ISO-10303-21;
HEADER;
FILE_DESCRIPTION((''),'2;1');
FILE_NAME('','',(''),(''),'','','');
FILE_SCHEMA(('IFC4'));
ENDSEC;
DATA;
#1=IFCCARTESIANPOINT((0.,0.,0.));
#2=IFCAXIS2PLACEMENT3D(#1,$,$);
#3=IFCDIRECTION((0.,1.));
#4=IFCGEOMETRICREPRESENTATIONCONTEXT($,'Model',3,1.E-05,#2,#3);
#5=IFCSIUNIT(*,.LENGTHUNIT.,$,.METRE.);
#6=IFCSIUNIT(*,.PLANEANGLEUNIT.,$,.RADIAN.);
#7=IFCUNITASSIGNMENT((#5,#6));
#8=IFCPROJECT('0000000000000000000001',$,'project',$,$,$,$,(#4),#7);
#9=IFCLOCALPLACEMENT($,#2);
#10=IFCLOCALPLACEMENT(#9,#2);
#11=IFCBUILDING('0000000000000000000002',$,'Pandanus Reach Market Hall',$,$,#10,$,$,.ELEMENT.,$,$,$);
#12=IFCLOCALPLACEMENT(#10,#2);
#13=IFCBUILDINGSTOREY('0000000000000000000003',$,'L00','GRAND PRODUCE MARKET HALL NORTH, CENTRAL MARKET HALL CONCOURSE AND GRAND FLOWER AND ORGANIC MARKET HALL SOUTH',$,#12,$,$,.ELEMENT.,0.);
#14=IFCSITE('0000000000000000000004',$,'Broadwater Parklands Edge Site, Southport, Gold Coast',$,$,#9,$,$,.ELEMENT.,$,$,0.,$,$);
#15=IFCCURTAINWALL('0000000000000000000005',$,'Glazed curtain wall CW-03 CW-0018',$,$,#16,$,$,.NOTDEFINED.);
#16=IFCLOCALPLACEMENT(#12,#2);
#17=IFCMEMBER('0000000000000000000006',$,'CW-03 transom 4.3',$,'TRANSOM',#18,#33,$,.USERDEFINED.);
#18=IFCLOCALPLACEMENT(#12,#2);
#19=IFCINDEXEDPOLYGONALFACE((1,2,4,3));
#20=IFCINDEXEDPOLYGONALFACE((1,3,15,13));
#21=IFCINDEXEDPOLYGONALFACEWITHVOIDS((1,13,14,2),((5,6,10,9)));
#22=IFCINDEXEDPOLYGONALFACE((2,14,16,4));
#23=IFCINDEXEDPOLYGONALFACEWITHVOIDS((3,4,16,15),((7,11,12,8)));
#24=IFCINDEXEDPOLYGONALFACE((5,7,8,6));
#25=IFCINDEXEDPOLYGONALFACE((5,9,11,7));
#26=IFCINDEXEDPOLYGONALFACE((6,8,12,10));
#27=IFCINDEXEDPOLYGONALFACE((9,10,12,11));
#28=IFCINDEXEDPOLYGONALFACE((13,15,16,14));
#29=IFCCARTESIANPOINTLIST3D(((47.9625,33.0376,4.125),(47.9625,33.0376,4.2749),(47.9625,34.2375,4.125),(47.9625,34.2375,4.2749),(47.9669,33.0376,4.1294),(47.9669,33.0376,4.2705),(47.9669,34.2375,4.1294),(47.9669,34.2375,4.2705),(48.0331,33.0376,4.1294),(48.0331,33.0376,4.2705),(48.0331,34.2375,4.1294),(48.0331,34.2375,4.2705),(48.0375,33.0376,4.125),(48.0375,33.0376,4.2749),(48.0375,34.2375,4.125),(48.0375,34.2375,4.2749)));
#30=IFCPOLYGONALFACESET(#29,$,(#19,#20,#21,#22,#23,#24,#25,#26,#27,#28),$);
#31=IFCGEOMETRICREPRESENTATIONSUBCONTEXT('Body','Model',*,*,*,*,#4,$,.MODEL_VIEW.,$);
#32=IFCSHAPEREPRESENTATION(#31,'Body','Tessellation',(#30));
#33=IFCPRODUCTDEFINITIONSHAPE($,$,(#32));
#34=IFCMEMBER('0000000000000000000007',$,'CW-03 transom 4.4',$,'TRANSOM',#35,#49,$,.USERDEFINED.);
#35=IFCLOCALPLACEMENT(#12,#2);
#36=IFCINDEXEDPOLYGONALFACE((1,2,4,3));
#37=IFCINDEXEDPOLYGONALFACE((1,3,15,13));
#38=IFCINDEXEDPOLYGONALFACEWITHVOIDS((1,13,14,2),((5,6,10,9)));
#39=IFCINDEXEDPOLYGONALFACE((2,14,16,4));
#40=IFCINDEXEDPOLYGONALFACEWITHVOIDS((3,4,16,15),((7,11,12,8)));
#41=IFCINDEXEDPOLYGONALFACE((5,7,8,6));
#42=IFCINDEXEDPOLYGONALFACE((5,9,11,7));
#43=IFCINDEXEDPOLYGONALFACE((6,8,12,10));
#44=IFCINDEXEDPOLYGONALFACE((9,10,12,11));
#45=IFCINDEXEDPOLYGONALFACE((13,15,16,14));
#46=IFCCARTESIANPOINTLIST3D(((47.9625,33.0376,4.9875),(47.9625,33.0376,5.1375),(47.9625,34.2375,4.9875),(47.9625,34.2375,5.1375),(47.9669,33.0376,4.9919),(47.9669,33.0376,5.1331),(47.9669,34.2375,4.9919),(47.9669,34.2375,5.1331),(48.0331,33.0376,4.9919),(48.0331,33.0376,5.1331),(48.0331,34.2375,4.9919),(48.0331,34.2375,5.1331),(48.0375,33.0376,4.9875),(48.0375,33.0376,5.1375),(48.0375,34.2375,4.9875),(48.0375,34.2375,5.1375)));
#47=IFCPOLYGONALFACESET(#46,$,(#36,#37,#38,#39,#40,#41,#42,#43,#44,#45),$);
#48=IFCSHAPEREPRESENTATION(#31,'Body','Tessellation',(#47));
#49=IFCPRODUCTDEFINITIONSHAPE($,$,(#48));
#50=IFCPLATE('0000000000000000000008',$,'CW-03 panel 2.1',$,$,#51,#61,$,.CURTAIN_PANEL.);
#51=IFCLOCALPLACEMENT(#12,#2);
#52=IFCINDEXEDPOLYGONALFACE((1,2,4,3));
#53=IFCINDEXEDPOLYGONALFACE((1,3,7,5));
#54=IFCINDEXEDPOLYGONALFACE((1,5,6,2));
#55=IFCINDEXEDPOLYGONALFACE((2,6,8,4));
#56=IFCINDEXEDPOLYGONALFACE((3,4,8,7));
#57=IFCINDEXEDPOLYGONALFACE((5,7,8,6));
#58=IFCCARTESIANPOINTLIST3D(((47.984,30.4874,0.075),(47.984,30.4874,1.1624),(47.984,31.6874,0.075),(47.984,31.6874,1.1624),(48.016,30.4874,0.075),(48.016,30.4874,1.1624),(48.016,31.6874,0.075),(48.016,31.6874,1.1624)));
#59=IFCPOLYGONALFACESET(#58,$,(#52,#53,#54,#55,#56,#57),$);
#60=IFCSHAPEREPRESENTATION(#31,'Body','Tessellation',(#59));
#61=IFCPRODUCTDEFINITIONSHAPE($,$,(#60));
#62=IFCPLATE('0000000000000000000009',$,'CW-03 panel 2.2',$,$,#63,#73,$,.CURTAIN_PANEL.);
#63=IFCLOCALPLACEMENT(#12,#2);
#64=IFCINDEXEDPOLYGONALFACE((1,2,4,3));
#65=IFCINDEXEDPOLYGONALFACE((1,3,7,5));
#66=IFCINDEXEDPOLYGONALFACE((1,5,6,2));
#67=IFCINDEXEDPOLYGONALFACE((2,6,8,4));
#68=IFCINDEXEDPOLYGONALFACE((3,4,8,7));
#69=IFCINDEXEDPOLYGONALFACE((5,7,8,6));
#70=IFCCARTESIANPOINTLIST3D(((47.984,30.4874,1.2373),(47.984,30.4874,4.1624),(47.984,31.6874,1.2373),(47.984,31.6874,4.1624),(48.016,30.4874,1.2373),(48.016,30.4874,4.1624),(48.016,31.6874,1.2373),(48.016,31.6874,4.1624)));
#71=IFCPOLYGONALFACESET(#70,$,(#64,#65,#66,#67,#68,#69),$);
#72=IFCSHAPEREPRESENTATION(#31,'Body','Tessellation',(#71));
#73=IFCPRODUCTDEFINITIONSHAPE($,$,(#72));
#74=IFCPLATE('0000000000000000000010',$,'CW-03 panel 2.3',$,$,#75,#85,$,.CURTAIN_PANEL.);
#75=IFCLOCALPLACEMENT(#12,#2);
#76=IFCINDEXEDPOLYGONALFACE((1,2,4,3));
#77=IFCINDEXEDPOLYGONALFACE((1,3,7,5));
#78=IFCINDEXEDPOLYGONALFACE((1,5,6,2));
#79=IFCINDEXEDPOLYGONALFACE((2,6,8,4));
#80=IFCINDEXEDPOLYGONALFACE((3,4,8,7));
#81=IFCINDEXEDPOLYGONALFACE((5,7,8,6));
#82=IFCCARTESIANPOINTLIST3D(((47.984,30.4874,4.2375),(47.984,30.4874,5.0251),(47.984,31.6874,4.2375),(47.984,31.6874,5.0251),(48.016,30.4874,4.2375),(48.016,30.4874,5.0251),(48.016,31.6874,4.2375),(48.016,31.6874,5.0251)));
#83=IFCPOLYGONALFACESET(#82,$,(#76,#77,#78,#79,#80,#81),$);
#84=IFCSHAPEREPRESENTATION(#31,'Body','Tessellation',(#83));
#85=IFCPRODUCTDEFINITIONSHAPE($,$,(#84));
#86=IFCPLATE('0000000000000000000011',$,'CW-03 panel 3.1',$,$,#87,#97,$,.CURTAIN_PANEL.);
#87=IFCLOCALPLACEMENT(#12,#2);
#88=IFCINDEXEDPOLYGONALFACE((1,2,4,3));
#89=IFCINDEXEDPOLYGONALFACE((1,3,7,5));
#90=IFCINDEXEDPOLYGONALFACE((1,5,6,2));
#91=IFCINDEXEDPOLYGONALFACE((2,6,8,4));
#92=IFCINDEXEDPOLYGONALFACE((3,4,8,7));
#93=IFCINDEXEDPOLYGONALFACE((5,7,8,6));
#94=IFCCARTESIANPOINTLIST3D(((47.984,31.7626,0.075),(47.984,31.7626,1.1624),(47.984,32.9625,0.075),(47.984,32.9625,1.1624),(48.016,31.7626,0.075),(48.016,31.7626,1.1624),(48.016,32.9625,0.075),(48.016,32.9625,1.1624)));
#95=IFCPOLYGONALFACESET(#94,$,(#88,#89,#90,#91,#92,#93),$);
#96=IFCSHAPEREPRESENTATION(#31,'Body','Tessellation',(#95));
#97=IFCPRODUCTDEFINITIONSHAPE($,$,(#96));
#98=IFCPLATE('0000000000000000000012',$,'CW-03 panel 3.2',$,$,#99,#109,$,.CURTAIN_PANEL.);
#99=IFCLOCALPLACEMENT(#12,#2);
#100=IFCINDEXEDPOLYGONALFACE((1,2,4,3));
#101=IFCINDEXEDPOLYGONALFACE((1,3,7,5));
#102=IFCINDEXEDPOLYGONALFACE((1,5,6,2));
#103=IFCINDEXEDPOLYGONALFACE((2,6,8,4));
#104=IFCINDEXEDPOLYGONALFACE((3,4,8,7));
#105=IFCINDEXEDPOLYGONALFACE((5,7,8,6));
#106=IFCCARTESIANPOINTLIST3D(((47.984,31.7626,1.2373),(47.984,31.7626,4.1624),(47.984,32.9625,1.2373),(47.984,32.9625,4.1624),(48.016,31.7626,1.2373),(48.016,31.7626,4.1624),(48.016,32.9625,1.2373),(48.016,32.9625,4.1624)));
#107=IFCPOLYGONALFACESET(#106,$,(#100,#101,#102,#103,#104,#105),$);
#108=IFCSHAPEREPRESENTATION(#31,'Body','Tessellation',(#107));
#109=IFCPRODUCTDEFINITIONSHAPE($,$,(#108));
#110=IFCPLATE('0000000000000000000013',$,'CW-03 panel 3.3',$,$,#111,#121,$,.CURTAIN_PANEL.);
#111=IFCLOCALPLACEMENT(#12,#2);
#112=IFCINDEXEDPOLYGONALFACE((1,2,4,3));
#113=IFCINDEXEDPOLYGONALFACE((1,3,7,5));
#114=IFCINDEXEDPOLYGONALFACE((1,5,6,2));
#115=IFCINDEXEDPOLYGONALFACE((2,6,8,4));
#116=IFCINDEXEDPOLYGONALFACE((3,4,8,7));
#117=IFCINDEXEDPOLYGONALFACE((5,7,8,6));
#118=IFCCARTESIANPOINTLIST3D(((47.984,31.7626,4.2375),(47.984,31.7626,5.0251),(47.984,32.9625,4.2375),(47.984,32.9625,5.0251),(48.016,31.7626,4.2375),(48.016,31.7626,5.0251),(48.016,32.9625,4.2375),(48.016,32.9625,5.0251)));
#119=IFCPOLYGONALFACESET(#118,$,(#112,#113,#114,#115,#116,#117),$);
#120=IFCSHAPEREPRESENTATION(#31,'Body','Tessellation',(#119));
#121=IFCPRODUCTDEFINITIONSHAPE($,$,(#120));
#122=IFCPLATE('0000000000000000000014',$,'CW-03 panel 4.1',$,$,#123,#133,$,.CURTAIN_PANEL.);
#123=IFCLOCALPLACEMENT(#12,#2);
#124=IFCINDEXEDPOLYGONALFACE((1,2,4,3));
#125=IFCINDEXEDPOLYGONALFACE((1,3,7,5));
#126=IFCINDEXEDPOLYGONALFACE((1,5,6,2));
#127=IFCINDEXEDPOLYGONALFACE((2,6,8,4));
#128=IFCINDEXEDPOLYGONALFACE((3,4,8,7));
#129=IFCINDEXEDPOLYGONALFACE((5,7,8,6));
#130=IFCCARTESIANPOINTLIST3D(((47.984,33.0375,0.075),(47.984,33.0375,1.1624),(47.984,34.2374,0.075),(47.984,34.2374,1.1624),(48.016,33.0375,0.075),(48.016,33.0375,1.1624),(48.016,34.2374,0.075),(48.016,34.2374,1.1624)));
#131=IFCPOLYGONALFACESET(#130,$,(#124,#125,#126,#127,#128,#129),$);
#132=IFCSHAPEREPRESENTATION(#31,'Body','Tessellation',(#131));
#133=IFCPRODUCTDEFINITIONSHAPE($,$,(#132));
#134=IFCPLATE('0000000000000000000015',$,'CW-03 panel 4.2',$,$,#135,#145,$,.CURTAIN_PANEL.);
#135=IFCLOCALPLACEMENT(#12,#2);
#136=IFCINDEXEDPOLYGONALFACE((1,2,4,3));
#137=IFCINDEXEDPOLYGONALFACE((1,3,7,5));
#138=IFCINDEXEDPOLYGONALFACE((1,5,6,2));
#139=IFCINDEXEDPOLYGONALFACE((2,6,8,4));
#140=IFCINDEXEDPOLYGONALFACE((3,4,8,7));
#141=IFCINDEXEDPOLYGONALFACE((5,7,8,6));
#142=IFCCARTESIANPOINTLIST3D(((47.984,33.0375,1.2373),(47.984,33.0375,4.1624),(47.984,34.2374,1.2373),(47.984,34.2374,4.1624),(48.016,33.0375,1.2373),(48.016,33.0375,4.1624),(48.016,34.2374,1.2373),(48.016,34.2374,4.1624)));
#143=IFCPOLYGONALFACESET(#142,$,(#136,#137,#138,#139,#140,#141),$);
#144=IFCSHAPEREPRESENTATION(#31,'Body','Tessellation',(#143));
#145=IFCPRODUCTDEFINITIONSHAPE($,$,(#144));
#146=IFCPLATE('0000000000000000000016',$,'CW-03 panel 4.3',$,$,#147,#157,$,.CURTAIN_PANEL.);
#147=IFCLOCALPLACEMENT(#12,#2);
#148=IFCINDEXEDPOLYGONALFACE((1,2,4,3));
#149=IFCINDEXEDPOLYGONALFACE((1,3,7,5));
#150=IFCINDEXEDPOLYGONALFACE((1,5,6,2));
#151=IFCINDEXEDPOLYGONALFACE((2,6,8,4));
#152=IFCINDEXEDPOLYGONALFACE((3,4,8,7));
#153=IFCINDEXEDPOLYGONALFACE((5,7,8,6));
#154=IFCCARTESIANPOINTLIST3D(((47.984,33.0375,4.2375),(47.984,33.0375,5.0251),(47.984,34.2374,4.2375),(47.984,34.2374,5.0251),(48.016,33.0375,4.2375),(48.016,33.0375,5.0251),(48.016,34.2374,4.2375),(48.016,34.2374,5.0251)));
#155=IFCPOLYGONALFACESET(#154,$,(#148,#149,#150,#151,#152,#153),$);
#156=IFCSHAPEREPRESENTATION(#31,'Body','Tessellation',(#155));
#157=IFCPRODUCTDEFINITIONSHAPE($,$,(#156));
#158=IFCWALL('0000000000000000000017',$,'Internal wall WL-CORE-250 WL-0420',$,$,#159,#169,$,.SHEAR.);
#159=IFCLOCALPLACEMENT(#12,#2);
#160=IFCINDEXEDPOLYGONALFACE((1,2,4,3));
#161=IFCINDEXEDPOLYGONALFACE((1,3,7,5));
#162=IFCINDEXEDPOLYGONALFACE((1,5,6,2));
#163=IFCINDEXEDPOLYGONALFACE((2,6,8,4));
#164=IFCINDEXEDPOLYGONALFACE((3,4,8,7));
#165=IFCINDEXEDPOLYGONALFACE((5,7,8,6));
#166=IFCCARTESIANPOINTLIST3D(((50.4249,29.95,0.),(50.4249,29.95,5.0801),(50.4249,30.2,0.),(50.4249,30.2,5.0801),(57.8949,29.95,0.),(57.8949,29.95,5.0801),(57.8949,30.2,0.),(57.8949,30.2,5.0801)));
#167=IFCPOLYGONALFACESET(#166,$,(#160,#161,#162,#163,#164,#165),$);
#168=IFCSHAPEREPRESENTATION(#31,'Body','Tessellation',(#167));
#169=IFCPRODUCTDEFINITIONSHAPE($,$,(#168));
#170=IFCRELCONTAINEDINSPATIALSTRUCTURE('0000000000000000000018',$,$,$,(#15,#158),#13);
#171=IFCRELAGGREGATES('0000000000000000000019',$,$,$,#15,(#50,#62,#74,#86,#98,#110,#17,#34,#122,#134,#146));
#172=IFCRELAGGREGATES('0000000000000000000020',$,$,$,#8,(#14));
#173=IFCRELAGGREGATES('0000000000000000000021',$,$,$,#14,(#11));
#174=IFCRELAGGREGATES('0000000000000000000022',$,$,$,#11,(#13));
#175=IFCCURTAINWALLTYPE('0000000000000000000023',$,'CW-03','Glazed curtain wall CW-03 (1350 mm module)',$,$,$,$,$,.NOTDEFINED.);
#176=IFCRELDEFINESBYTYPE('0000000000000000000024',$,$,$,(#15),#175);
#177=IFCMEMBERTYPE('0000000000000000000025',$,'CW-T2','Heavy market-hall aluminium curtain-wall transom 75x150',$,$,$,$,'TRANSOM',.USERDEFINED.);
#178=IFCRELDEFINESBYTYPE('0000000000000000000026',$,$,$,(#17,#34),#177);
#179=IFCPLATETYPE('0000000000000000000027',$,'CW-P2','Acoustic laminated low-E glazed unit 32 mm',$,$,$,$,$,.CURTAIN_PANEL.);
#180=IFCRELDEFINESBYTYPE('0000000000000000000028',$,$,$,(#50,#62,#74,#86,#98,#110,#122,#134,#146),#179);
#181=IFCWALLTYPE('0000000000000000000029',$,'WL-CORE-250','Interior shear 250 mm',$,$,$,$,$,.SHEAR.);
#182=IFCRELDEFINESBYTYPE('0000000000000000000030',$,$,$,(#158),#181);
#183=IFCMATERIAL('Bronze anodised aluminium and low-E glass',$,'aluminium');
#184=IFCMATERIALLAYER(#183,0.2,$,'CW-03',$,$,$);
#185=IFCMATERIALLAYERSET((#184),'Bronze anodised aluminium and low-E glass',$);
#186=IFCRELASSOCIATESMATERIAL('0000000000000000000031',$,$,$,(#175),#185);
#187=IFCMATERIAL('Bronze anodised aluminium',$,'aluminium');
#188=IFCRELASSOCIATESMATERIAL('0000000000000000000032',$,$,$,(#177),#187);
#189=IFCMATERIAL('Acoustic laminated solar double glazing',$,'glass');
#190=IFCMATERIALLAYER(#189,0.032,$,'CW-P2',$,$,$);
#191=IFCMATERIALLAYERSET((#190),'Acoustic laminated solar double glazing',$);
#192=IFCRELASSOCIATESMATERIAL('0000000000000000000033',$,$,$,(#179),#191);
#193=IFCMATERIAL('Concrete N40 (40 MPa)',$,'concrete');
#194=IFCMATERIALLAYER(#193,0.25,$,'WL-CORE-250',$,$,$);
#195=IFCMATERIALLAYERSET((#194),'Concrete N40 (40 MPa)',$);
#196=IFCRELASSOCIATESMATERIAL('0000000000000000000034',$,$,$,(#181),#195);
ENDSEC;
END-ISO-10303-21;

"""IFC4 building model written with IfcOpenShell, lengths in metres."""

from ifc_helpers import new_model, si_unit, direction, frame, frame_2d, origin, origin_2d, place, context, subcontext, project, spatial, rectangle, hollow_rectangle, extrude, material, layer, layer_set, material_profile, profile_set, type_object, element, aggregate, save


model = new_model("IFC4")

# Units and contexts
model_context = context("Model", 3, precision=1e-05, world=origin(), true_north=direction((0.0, 1.0)))
body_context = subcontext(model_context, "Body", "Model", "MODEL_VIEW")
ifc_project = project(units=[si_unit("LENGTHUNIT", "METRE"), si_unit("PLANEANGLEUNIT", "RADIAN")], contexts=[model_context])

# Site, building, storey
site_placement = place(None, origin())
site = spatial("IfcSite", under=ifc_project, at=site_placement, Name="Broadwater Parklands Edge Site, Southport, Gold Coast", CompositionType="ELEMENT", RefElevation=0.0)
building_placement = place(site_placement, origin())
building = spatial("IfcBuilding", under=site, at=building_placement, Name="Pandanus Reach Market Hall", CompositionType="ELEMENT")
storey_placement = place(building_placement, origin())
storey = spatial("IfcBuildingStorey", under=building, at=storey_placement, Name="L00", Description="GRAND PRODUCE MARKET HALL NORTH, CENTRAL MARKET HALL CONCOURSE AND GRAND FLOWER AND ORGANIC MARKET HALL SOUTH", CompositionType="ELEMENT", Elevation=0.0)

# Shared definitions
ifc_material_1 = material(Name="Concrete N40 (40 MPa)", Category="concrete")

# Curtain wall, members, plates
ifc_material_2 = material(Name="Bronze anodised aluminium and low-E glass", Category="aluminium")
ifc_layer_1 = layer(ifc_material_2, 0.2, Name="CW-03")
ifc_layer_set_1 = layer_set([ifc_layer_1], Name="Bronze anodised aluminium and low-E glass")
curtain_wall_type = type_object("IfcCurtainWallType", Name="CW-03", Description="Glazed curtain wall CW-03 (1350 mm module)", PredefinedType="NOTDEFINED", material=ifc_layer_set_1)
curtain_wall_placement = place(storey_placement, origin())
curtain_wall = element("IfcCurtainWall", 1, at=curtain_wall_placement, inside=storey, type_object=curtain_wall_type, Name="Glazed curtain wall CW-03 CW-0018", PredefinedType="NOTDEFINED")
ifc_material_3 = material(Name="Bronze anodised aluminium", Category="aluminium")
ifc_material_profile_1 = material_profile(ifc_material_3, hollow_rectangle(XDim=0.075, YDim=0.1499, WallThickness=0.0044, at=origin_2d()), Name="ALU75x150", Category="LoadBearing")
ifc_profile_set_1 = profile_set([ifc_material_profile_1], Name="Bronze anodised aluminium")
member_type_1 = type_object("IfcMemberType", Name="CW-T2", Description="Heavy market-hall aluminium curtain-wall transom 75x150", ElementType="TRANSOM", PredefinedType="USERDEFINED", material=ifc_profile_set_1)
member_1_placement = place(storey_placement, frame((48.0, 33.0376, 4.2), z_axis=(0.0, 1.0, 0.0), x_axis=(-1.0, 0.0, 0.0)))
member_1 = element("IfcMember", 2, at=member_1_placement, type_object=member_type_1, Name="CW-03 transom 4.3", ObjectType="TRANSOM", PredefinedType="USERDEFINED", context=body_context, shape_type="SweptSolid", body=[
    extrude(hollow_rectangle(XDim=0.075, YDim=0.1499, WallThickness=0.0044, at=origin_2d()), origin(), (0.0, 0.0, 1.0), 1.2),
])
member_2_placement = place(storey_placement, frame((48.0, 33.0376, 5.0625), z_axis=(0.0, 1.0, 0.0), x_axis=(-1.0, 0.0, 0.0)))
member_2 = element("IfcMember", 3, at=member_2_placement, type_object=member_type_1, Name="CW-03 transom 4.4", ObjectType="TRANSOM", PredefinedType="USERDEFINED", context=body_context, shape_type="SweptSolid", body=[
    extrude(hollow_rectangle(XDim=0.075, YDim=0.1499, WallThickness=0.0044, at=origin_2d()), origin(), (0.0, 0.0, 1.0), 1.2),
])
ifc_material_4 = material(Name="Acoustic laminated solar double glazing", Category="glass")
ifc_layer_2 = layer(ifc_material_4, 0.032, Name="CW-P2")
ifc_layer_set_2 = layer_set([ifc_layer_2], Name="Acoustic laminated solar double glazing")
plate_type = type_object("IfcPlateType", Name="CW-P2", Description="Acoustic laminated low-E glazed unit 32 mm", PredefinedType="CURTAIN_PANEL", material=ifc_layer_set_2)
plate_1_placement = place(storey_placement, frame((48.0, 31.0874, 0.075), z_axis=(0.0, 0.0, 1.0), x_axis=(0.0, 1.0, 0.0)))
plate_1 = element("IfcPlate", 4, at=plate_1_placement, type_object=plate_type, Name="CW-03 panel 2.1", PredefinedType="CURTAIN_PANEL", context=body_context, shape_type="SweptSolid", body=[
    extrude(rectangle(XDim=1.2, YDim=0.032, at=origin_2d()), origin(), (0.0, 0.0, 1.0), 1.0874),
])
plate_2_placement = place(storey_placement, frame((48.0, 31.0874, 1.2373), z_axis=(0.0, 0.0, 1.0), x_axis=(0.0, 1.0, 0.0)))
plate_2 = element("IfcPlate", 5, at=plate_2_placement, type_object=plate_type, Name="CW-03 panel 2.2", PredefinedType="CURTAIN_PANEL", context=body_context, shape_type="SweptSolid", body=[
    extrude(rectangle(XDim=1.2, YDim=0.032, at=origin_2d()), origin(), (0.0, 0.0, 1.0), 2.925),
])
plate_3_placement = place(storey_placement, frame((48.0, 31.0874, 4.2375), z_axis=(0.0, 0.0, 1.0), x_axis=(0.0, 1.0, 0.0)))
plate_3 = element("IfcPlate", 6, at=plate_3_placement, type_object=plate_type, Name="CW-03 panel 2.3", PredefinedType="CURTAIN_PANEL", context=body_context, shape_type="SweptSolid", body=[
    extrude(rectangle(XDim=1.2, YDim=0.032, at=origin_2d()), origin(), (0.0, 0.0, 1.0), 0.7876),
])
plate_4_placement = place(storey_placement, frame((48.0, 32.3625, 0.075), z_axis=(0.0, 0.0, 1.0), x_axis=(0.0, 1.0, 0.0)))
plate_4 = element("IfcPlate", 7, at=plate_4_placement, type_object=plate_type, Name="CW-03 panel 3.1", PredefinedType="CURTAIN_PANEL", context=body_context, shape_type="SweptSolid", body=[
    extrude(rectangle(XDim=1.2, YDim=0.032, at=origin_2d()), origin(), (0.0, 0.0, 1.0), 1.0874),
])
plate_5_placement = place(storey_placement, frame((48.0, 32.3625, 1.2373), z_axis=(0.0, 0.0, 1.0), x_axis=(0.0, 1.0, 0.0)))
plate_5 = element("IfcPlate", 8, at=plate_5_placement, type_object=plate_type, Name="CW-03 panel 3.2", PredefinedType="CURTAIN_PANEL", context=body_context, shape_type="SweptSolid", body=[
    extrude(rectangle(XDim=1.2, YDim=0.032, at=origin_2d()), origin(), (0.0, 0.0, 1.0), 2.925),
])
plate_6_placement = place(storey_placement, frame((48.0, 32.3625, 4.2375), z_axis=(0.0, 0.0, 1.0), x_axis=(0.0, 1.0, 0.0)))
plate_6 = element("IfcPlate", 9, at=plate_6_placement, type_object=plate_type, Name="CW-03 panel 3.3", PredefinedType="CURTAIN_PANEL", context=body_context, shape_type="SweptSolid", body=[
    extrude(rectangle(XDim=1.2, YDim=0.032, at=origin_2d()), origin(), (0.0, 0.0, 1.0), 0.7876),
])
plate_7_placement = place(storey_placement, frame((48.0, 33.6375, 0.075), z_axis=(0.0, 0.0, 1.0), x_axis=(0.0, 1.0, 0.0)))
plate_7 = element("IfcPlate", 10, at=plate_7_placement, type_object=plate_type, Name="CW-03 panel 4.1", PredefinedType="CURTAIN_PANEL", context=body_context, shape_type="SweptSolid", body=[
    extrude(rectangle(XDim=1.2, YDim=0.032, at=origin_2d()), origin(), (0.0, 0.0, 1.0), 1.0874),
])
plate_8_placement = place(storey_placement, frame((48.0, 33.6375, 1.2373), z_axis=(0.0, 0.0, 1.0), x_axis=(0.0, 1.0, 0.0)))
plate_8 = element("IfcPlate", 11, at=plate_8_placement, type_object=plate_type, Name="CW-03 panel 4.2", PredefinedType="CURTAIN_PANEL", context=body_context, shape_type="SweptSolid", body=[
    extrude(rectangle(XDim=1.2, YDim=0.032, at=origin_2d()), origin(), (0.0, 0.0, 1.0), 2.925),
])
plate_9_placement = place(storey_placement, frame((48.0, 33.6375, 4.2375), z_axis=(0.0, 0.0, 1.0), x_axis=(0.0, 1.0, 0.0)))
plate_9 = element("IfcPlate", 12, at=plate_9_placement, type_object=plate_type, Name="CW-03 panel 4.3", PredefinedType="CURTAIN_PANEL", context=body_context, shape_type="SweptSolid", body=[
    extrude(rectangle(XDim=1.2, YDim=0.032, at=origin_2d()), origin(), (0.0, 0.0, 1.0), 0.7876),
])
aggregate(curtain_wall, [plate_1, plate_2, plate_3, plate_4, plate_5, plate_6, member_1, member_2, plate_7, plate_8, plate_9])

# Wall
ifc_layer_3 = layer(ifc_material_1, 0.25, Name="WL-CORE-250")
ifc_layer_set_3 = layer_set([ifc_layer_3], Name="Concrete N40 (40 MPa)")
wall_type_1 = type_object("IfcWallType", Name="WL-CORE-250", Description="Interior shear 250 mm", PredefinedType="SHEAR", material=ifc_layer_set_3)
wall_1_placement = place(storey_placement, frame((50.425, 30.075, 0.0), z_axis=(0.0, 0.0, 1.0), x_axis=(1.0, 0.0, 0.0)))
element("IfcWall", 13, at=wall_1_placement, inside=storey, type_object=wall_type_1, Name="Internal wall WL-CORE-250 WL-0420", PredefinedType="SHEAR", context=body_context, shape_type="SweptSolid", body=[
    extrude(rectangle(XDim=7.47, YDim=0.25, at=frame_2d((3.7349, 0.0))), origin(), (0.0, 0.0, 1.0), 5.0801),
])

save(model, "model.ifc")
